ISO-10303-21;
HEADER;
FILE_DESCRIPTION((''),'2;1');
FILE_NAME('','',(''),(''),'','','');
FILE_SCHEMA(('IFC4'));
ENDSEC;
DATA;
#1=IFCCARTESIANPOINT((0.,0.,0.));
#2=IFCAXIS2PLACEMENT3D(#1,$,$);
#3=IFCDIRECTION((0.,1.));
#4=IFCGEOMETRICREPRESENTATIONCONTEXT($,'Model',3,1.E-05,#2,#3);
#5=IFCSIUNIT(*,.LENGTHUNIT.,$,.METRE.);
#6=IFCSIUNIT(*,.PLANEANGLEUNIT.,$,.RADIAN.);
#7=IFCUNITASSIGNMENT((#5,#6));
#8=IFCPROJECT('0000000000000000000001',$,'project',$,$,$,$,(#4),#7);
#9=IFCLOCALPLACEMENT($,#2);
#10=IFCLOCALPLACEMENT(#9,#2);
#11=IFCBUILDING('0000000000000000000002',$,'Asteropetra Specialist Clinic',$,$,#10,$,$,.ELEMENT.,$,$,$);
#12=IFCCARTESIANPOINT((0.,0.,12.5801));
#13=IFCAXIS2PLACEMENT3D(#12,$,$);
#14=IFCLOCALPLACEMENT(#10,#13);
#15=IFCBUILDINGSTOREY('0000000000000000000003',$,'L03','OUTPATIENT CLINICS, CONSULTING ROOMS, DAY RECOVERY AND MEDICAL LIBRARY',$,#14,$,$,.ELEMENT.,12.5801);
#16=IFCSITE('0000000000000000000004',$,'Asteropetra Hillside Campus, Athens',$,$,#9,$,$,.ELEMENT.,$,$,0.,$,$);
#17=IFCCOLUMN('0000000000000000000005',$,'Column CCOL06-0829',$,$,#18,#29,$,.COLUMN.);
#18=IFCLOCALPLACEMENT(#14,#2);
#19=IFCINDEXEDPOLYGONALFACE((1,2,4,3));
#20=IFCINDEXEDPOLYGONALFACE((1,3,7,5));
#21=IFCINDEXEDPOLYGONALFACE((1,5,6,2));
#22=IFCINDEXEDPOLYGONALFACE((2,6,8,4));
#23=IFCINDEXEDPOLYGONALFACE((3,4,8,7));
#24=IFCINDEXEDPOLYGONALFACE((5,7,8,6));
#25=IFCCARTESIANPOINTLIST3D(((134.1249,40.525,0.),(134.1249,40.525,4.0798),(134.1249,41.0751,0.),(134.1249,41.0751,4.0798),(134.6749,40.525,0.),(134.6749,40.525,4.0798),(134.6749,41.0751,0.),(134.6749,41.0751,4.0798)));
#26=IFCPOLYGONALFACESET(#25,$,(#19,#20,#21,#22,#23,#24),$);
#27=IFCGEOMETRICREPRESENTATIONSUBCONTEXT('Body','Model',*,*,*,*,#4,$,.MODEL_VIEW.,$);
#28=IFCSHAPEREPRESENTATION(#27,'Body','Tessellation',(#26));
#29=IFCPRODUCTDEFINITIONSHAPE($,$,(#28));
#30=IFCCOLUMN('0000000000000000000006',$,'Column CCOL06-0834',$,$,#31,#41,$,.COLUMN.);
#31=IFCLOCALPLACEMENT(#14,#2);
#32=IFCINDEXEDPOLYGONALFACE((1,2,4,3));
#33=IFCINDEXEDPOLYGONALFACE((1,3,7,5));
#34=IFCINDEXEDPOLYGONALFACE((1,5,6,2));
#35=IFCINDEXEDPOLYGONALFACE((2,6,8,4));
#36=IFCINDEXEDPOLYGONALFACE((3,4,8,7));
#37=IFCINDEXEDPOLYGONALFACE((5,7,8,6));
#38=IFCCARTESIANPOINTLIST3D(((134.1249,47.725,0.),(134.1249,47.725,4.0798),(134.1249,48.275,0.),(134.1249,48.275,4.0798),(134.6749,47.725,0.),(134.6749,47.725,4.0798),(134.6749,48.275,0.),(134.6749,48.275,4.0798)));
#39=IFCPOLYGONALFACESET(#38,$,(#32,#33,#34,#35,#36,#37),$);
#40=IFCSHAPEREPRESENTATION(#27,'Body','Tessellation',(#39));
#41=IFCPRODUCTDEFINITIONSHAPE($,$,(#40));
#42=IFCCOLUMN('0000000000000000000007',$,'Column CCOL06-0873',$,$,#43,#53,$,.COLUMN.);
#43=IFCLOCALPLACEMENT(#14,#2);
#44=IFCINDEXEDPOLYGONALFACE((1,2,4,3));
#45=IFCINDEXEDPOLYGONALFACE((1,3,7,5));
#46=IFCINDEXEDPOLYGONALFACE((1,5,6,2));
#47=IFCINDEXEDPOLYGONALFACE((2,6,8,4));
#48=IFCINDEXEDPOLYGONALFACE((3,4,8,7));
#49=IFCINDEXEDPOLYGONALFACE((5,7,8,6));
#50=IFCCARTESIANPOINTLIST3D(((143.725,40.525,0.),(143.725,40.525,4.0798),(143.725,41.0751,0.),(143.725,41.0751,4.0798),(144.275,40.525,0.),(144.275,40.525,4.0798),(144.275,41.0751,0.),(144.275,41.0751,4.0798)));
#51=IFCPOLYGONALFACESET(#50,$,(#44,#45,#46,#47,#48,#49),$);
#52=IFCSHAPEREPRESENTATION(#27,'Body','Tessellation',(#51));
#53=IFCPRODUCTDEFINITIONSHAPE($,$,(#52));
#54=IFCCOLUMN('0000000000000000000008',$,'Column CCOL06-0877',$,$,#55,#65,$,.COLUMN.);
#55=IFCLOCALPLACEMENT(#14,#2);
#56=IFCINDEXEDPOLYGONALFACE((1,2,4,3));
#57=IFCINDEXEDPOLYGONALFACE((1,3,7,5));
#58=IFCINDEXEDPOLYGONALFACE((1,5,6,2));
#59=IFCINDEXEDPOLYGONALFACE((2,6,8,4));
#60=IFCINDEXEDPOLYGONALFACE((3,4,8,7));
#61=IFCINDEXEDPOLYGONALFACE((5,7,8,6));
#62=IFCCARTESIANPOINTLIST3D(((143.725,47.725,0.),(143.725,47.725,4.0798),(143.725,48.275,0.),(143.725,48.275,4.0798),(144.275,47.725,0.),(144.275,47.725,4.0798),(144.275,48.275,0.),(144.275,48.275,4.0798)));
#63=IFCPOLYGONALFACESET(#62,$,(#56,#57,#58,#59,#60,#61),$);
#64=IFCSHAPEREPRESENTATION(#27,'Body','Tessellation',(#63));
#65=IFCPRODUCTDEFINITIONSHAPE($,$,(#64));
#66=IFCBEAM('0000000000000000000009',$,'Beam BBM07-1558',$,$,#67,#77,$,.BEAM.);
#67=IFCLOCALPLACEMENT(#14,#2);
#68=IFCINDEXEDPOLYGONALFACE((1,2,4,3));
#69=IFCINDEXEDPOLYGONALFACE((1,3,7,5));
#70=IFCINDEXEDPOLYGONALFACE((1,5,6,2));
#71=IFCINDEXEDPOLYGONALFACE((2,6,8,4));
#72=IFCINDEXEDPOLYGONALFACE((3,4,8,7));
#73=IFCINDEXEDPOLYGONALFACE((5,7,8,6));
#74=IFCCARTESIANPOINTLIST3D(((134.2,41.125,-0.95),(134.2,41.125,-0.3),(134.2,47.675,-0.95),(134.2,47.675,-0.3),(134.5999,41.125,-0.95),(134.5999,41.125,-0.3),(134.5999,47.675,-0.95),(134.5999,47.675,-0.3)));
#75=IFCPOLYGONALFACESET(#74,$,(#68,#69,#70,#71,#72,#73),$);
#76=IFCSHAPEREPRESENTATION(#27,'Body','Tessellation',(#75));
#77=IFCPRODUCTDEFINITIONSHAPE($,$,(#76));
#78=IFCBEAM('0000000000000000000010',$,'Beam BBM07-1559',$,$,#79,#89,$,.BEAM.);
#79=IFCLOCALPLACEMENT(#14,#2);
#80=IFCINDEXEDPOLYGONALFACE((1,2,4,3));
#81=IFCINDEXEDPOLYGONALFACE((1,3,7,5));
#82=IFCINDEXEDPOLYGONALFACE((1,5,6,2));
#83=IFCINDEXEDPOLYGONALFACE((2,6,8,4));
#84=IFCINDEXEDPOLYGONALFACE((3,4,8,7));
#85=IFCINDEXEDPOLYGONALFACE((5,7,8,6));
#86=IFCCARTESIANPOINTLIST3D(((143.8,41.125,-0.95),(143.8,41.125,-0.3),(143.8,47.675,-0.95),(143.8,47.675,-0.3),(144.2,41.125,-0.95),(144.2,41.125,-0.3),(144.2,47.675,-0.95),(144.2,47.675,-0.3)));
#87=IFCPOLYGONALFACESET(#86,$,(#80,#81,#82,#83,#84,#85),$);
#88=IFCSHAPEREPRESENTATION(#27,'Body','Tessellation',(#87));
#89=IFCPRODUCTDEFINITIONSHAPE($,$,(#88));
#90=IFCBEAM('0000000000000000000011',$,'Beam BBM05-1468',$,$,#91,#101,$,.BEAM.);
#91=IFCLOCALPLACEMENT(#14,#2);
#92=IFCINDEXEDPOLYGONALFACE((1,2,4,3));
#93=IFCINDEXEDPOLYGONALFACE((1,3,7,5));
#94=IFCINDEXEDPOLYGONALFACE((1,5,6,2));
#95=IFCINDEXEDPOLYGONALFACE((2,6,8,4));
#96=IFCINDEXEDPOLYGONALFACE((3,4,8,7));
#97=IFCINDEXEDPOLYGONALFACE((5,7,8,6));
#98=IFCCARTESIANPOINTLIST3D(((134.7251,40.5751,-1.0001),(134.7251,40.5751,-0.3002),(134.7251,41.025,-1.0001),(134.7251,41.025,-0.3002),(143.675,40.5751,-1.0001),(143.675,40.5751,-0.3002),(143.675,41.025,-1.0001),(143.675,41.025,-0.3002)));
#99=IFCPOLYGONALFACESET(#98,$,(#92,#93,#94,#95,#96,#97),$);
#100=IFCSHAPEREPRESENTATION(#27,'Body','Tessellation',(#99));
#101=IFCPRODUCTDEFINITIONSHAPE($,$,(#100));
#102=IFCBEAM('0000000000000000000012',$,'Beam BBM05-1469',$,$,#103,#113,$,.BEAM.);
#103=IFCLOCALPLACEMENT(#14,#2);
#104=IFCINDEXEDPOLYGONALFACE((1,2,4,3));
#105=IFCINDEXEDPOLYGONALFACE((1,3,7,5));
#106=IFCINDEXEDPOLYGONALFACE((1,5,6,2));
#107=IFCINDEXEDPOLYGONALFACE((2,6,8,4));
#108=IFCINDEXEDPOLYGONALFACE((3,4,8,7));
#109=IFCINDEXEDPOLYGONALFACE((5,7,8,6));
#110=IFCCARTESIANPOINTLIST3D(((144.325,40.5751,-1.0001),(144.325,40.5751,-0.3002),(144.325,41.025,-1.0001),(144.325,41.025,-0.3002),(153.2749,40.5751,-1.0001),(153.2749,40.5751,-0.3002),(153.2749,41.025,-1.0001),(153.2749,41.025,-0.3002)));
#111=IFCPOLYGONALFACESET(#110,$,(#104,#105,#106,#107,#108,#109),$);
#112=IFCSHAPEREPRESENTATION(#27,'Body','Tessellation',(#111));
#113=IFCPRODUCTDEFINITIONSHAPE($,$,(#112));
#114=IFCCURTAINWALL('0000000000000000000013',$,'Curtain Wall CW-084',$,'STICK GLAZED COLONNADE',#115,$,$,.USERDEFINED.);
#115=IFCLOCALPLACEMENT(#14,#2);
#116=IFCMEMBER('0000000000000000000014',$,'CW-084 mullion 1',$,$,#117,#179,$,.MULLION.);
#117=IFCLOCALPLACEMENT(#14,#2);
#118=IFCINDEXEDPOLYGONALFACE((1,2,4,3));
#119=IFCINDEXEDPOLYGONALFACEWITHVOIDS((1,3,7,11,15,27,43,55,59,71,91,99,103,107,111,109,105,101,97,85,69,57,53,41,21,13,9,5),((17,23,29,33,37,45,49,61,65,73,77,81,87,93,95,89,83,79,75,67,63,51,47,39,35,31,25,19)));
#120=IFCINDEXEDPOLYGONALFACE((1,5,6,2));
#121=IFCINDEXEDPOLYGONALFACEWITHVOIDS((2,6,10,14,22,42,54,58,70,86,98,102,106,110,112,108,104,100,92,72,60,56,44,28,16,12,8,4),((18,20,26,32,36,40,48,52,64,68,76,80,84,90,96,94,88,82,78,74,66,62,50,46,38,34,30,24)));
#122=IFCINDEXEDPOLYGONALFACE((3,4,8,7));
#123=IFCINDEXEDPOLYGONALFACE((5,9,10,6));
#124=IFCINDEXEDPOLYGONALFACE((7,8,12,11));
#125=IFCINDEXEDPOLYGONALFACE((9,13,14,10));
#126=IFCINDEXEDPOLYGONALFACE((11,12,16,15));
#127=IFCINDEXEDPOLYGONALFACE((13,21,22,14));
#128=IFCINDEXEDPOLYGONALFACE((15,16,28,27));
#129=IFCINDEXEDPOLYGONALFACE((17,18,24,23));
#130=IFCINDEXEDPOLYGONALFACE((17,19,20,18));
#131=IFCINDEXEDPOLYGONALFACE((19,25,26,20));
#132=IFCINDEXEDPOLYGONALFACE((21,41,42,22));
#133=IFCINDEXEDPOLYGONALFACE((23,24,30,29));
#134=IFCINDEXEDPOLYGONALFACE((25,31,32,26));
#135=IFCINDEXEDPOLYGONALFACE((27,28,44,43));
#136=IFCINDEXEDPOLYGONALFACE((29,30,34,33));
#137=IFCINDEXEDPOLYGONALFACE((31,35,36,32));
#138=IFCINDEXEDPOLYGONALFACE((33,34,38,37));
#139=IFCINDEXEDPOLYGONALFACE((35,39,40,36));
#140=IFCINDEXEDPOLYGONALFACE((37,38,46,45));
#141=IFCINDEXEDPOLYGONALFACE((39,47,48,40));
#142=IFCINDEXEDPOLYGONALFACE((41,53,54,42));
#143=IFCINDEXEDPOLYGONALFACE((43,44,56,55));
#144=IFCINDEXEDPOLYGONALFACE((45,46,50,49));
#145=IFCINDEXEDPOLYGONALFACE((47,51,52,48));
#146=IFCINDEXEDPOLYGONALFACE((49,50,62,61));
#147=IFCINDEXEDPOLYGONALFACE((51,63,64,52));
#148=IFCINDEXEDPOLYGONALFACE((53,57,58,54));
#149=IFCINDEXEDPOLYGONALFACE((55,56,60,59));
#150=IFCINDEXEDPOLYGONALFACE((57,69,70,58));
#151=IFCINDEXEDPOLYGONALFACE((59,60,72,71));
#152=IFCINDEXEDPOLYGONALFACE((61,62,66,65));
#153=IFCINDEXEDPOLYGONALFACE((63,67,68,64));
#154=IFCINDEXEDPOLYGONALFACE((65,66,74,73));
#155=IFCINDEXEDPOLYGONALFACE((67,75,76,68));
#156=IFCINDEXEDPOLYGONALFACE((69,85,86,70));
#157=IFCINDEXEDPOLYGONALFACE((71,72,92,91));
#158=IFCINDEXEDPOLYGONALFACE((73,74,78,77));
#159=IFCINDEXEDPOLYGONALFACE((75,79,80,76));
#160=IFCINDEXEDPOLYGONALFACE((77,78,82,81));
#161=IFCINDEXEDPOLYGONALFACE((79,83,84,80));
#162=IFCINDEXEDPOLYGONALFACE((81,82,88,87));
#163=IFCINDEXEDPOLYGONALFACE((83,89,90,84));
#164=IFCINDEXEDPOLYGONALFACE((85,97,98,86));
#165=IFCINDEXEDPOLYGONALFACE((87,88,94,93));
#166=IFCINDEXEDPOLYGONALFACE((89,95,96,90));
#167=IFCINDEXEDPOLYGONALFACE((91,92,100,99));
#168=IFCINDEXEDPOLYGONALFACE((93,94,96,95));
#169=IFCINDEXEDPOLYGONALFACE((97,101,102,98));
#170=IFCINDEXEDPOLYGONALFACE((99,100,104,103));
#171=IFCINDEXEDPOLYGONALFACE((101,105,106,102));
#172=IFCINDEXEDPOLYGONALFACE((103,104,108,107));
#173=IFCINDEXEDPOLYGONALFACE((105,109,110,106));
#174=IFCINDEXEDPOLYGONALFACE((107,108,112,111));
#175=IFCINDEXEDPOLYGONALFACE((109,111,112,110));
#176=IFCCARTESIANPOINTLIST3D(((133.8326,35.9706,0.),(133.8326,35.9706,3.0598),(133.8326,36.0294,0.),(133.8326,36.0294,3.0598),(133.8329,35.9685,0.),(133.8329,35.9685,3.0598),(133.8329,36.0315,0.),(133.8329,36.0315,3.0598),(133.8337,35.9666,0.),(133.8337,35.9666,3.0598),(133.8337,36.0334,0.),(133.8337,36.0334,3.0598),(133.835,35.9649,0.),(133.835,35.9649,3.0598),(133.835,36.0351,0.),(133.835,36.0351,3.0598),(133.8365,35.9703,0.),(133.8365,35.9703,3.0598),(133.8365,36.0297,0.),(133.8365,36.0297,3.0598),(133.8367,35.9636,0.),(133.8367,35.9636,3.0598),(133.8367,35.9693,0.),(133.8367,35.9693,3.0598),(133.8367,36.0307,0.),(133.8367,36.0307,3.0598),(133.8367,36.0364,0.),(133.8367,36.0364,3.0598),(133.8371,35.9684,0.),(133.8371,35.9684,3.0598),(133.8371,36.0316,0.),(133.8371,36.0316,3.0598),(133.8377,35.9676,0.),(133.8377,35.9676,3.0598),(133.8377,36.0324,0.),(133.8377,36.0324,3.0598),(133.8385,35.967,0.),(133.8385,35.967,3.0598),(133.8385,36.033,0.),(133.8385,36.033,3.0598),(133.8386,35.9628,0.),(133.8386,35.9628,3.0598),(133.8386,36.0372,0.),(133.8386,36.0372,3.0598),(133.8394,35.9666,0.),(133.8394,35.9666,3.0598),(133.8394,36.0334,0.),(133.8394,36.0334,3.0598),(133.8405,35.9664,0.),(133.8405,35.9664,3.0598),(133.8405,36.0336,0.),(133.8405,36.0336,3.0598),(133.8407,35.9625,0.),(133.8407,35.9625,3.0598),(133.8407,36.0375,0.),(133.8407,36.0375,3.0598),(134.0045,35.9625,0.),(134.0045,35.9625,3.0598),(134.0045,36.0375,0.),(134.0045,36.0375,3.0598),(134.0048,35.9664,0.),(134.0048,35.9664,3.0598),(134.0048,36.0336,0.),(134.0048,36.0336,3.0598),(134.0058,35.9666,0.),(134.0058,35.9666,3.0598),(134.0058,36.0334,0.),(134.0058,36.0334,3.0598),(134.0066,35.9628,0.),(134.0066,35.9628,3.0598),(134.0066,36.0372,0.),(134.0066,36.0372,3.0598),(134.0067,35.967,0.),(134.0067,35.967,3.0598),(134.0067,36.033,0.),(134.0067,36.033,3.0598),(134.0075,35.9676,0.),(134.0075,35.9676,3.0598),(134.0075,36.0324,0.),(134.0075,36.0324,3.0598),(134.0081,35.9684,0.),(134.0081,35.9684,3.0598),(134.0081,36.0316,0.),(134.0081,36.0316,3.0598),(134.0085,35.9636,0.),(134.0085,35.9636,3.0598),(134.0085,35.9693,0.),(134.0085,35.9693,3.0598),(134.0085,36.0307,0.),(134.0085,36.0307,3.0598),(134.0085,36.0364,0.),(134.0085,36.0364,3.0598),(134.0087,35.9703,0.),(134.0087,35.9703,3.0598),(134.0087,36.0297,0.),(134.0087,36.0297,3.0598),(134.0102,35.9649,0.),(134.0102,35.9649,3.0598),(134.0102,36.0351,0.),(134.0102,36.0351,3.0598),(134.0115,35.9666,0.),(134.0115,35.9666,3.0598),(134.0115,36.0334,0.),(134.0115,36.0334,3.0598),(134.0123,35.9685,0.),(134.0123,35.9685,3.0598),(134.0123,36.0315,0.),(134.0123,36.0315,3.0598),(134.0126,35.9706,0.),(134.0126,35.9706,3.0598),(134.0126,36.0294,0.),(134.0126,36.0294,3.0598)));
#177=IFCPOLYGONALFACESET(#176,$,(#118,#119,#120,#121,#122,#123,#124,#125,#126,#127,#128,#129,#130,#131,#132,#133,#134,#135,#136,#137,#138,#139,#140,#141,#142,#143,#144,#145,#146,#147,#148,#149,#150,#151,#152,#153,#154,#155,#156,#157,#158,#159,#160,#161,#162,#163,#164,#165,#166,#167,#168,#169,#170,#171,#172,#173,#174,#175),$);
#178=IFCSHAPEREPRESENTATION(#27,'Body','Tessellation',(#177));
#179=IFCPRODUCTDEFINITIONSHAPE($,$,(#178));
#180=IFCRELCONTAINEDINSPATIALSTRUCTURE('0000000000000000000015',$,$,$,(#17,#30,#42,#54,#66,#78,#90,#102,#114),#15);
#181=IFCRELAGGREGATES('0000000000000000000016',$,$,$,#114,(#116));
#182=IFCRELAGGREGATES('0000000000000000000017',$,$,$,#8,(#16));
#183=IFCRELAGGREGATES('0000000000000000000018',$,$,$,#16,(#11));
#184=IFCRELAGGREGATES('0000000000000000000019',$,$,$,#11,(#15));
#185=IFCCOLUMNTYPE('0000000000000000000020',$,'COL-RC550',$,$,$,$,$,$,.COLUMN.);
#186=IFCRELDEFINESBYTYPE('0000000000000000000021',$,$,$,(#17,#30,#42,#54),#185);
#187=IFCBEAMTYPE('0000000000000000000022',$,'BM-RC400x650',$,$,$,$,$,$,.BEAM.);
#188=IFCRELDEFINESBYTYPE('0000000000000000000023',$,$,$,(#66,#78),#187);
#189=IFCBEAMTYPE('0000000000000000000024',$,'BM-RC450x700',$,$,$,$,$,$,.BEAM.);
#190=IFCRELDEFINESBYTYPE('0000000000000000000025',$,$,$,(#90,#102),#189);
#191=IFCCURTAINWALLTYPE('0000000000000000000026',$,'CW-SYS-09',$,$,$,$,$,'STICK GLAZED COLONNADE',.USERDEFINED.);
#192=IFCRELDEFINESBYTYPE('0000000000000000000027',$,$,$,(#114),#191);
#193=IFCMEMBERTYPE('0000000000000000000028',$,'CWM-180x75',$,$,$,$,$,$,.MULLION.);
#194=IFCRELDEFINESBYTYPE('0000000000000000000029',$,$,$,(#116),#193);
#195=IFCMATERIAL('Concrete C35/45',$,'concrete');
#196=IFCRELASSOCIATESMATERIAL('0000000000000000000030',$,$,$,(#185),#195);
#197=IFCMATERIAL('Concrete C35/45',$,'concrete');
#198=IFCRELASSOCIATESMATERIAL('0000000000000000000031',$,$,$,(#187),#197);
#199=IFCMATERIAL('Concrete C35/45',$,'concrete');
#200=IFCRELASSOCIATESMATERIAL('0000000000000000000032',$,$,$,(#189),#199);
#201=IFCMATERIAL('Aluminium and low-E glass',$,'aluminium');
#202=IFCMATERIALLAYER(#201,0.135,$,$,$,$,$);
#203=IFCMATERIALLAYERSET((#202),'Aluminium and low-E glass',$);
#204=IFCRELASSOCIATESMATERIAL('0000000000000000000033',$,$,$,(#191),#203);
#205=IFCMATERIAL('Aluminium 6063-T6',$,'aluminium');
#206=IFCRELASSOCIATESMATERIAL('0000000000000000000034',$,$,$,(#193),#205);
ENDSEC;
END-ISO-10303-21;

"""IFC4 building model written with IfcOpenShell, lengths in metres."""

from ifc_helpers import new_model, si_unit, direction, frame, origin, origin_2d, place, context, subcontext, project, spatial, rectangle, hollow_rectangle, extrude, material, layer, layer_set, material_profile, profile_set, type_object, element, aggregate, save


model = new_model("IFC4")

# Units and contexts
model_context = context("Model", 3, precision=1e-05, world=origin(), true_north=direction((0.0, 1.0)))
body_context = subcontext(model_context, "Body", "Model", "MODEL_VIEW")
ifc_project = project(units=[si_unit("LENGTHUNIT", "METRE"), si_unit("PLANEANGLEUNIT", "RADIAN")], contexts=[model_context])

# Site, building, storey
site_placement = place(None, origin())
site = spatial("IfcSite", under=ifc_project, at=site_placement, Name="Asteropetra Hillside Campus, Athens", CompositionType="ELEMENT", RefElevation=0.0)
building_placement = place(site_placement, origin())
building = spatial("IfcBuilding", under=site, at=building_placement, Name="Asteropetra Specialist Clinic", CompositionType="ELEMENT")
storey_placement = place(building_placement, frame((0.0, 0.0, 12.5801)))
storey = spatial("IfcBuildingStorey", under=building, at=storey_placement, Name="L03", Description="OUTPATIENT CLINICS, CONSULTING ROOMS, DAY RECOVERY AND MEDICAL LIBRARY", CompositionType="ELEMENT", Elevation=12.5801)

# Columns
ifc_material_1 = material(Name="Concrete C35/45", Category="concrete")
ifc_material_profile_1 = material_profile(ifc_material_1, rectangle(XDim=0.55, YDim=0.55, at=origin_2d()), Name="RC 550x550")
ifc_profile_set_1 = profile_set([ifc_material_profile_1], Name="Concrete C35/45")
column_type = type_object("IfcColumnType", Name="COL-RC550", PredefinedType="COLUMN", material=ifc_profile_set_1)
for number, where, z_axis, x_axis, name in (
    (1, (134.3999, 40.8, 0.0), (0.0, 0.0, 1.0), (1.0, 0.0, 0.0), "Column CCOL06-0829"),
    (2, (134.3999, 48.0, 0.0), (0.0, 0.0, 1.0), (1.0, 0.0, 0.0), "Column CCOL06-0834"),
    (3, (144.0, 40.8, 0.0), (0.0, 0.0, 1.0), (1.0, 0.0, 0.0), "Column CCOL06-0873"),
    (4, (144.0, 48.0, 0.0), (0.0, 0.0, 1.0), (1.0, 0.0, 0.0), "Column CCOL06-0877"),
):
    element("IfcColumn", number, at=place(storey_placement, frame(where, z_axis=z_axis, x_axis=x_axis)), inside=storey, type_object=column_type, Name=name, PredefinedType="COLUMN", context=body_context, shape_type="SweptSolid", body=[
        extrude(rectangle(XDim=0.55, YDim=0.55, at=origin_2d()), origin(), (0.0, 0.0, 1.0), 4.0798),
    ])

# Beams
ifc_material_2 = material(Name="Concrete C35/45", Category="concrete")
ifc_material_profile_2 = material_profile(ifc_material_2, rectangle(XDim=0.3999, YDim=0.6499, at=origin_2d()), Name="RCB 400x650")
ifc_profile_set_2 = profile_set([ifc_material_profile_2], Name="Concrete C35/45")
beam_type_1 = type_object("IfcBeamType", Name="BM-RC400x650", PredefinedType="BEAM", material=ifc_profile_set_2)
for number, where, z_axis, x_axis, name in (
    (5, (134.3999, 41.125, -0.625), (0.0, 1.0, 0.0), (-1.0, 0.0, 0.0), "Beam BBM07-1558"),
    (6, (144.0, 41.125, -0.625), (0.0, 1.0, 0.0), (-1.0, 0.0, 0.0), "Beam BBM07-1559"),
):
    element("IfcBeam", number, at=place(storey_placement, frame(where, z_axis=z_axis, x_axis=x_axis)), inside=storey, type_object=beam_type_1, Name=name, PredefinedType="BEAM", context=body_context, shape_type="SweptSolid", body=[
        extrude(rectangle(XDim=0.3999, YDim=0.6499, at=origin_2d()), origin(), (0.0, 0.0, 1.0), 6.55),
    ])
ifc_material_3 = material(Name="Concrete C35/45", Category="concrete")
ifc_material_profile_3 = material_profile(ifc_material_3, rectangle(XDim=0.45, YDim=0.7, at=origin_2d()), Name="RCB 450x700")
ifc_profile_set_3 = profile_set([ifc_material_profile_3], Name="Concrete C35/45")
beam_type_2 = type_object("IfcBeamType", Name="BM-RC450x700", PredefinedType="BEAM", material=ifc_profile_set_3)
for number, where, z_axis, x_axis, name in (
    (7, (134.7251, 40.8, -0.6501), (1.0, 0.0, 0.0), (0.0, 1.0, 0.0), "Beam BBM05-1468"),
    (8, (144.325, 40.8, -0.6501), (1.0, 0.0, 0.0), (0.0, 1.0, 0.0), "Beam BBM05-1469"),
):
    element("IfcBeam", number, at=place(storey_placement, frame(where, z_axis=z_axis, x_axis=x_axis)), inside=storey, type_object=beam_type_2, Name=name, PredefinedType="BEAM", context=body_context, shape_type="SweptSolid", body=[
        extrude(rectangle(XDim=0.45, YDim=0.7, at=origin_2d()), origin(), (0.0, 0.0, 1.0), 8.95),
    ])

# Curtain wall, member
ifc_material_4 = material(Name="Aluminium and low-E glass", Category="aluminium")
ifc_layer_1 = layer(ifc_material_4, 0.135)
ifc_layer_set_1 = layer_set([ifc_layer_1], Name="Aluminium and low-E glass")
curtain_wall_type = type_object("IfcCurtainWallType", Name="CW-SYS-09", ElementType="STICK GLAZED COLONNADE", PredefinedType="USERDEFINED", material=ifc_layer_set_1)
curtain_wall_placement = place(storey_placement, origin())
curtain_wall = element("IfcCurtainWall", 9, at=curtain_wall_placement, inside=storey, type_object=curtain_wall_type, Name="Curtain Wall CW-084", ObjectType="STICK GLAZED COLONNADE", PredefinedType="USERDEFINED")
ifc_material_5 = material(Name="Aluminium 6063-T6", Category="aluminium")
ifc_material_profile_4 = material_profile(ifc_material_5, hollow_rectangle(XDim=0.075, YDim=0.1799, WallThickness=0.0039, InnerFilletRadius=0.0039, OuterFilletRadius=0.0081, at=origin_2d()), Name="MUL 180x75x4.0")
ifc_profile_set_4 = profile_set([ifc_material_profile_4], Name="Aluminium 6063-T6")
member_type_1 = type_object("IfcMemberType", Name="CWM-180x75", PredefinedType="MULLION", material=ifc_profile_set_4)
member_1_placement = place(storey_placement, frame((133.9226, 36.0, 0.0), z_axis=(0.0, 0.0, 1.0), x_axis=(0.0, -1.0, 0.0)))
member_1 = element("IfcMember", 10, at=member_1_placement, type_object=member_type_1, Name="CW-084 mullion 1", PredefinedType="MULLION", context=body_context, shape_type="SweptSolid", body=[
    extrude(hollow_rectangle(XDim=0.075, YDim=0.1799, WallThickness=0.0039, InnerFilletRadius=0.0039, OuterFilletRadius=0.0081, at=origin_2d()), origin(), (0.0, 0.0, 1.0), 3.0598),
])
aggregate(curtain_wall, [member_1])

save(model, "model.ifc")
